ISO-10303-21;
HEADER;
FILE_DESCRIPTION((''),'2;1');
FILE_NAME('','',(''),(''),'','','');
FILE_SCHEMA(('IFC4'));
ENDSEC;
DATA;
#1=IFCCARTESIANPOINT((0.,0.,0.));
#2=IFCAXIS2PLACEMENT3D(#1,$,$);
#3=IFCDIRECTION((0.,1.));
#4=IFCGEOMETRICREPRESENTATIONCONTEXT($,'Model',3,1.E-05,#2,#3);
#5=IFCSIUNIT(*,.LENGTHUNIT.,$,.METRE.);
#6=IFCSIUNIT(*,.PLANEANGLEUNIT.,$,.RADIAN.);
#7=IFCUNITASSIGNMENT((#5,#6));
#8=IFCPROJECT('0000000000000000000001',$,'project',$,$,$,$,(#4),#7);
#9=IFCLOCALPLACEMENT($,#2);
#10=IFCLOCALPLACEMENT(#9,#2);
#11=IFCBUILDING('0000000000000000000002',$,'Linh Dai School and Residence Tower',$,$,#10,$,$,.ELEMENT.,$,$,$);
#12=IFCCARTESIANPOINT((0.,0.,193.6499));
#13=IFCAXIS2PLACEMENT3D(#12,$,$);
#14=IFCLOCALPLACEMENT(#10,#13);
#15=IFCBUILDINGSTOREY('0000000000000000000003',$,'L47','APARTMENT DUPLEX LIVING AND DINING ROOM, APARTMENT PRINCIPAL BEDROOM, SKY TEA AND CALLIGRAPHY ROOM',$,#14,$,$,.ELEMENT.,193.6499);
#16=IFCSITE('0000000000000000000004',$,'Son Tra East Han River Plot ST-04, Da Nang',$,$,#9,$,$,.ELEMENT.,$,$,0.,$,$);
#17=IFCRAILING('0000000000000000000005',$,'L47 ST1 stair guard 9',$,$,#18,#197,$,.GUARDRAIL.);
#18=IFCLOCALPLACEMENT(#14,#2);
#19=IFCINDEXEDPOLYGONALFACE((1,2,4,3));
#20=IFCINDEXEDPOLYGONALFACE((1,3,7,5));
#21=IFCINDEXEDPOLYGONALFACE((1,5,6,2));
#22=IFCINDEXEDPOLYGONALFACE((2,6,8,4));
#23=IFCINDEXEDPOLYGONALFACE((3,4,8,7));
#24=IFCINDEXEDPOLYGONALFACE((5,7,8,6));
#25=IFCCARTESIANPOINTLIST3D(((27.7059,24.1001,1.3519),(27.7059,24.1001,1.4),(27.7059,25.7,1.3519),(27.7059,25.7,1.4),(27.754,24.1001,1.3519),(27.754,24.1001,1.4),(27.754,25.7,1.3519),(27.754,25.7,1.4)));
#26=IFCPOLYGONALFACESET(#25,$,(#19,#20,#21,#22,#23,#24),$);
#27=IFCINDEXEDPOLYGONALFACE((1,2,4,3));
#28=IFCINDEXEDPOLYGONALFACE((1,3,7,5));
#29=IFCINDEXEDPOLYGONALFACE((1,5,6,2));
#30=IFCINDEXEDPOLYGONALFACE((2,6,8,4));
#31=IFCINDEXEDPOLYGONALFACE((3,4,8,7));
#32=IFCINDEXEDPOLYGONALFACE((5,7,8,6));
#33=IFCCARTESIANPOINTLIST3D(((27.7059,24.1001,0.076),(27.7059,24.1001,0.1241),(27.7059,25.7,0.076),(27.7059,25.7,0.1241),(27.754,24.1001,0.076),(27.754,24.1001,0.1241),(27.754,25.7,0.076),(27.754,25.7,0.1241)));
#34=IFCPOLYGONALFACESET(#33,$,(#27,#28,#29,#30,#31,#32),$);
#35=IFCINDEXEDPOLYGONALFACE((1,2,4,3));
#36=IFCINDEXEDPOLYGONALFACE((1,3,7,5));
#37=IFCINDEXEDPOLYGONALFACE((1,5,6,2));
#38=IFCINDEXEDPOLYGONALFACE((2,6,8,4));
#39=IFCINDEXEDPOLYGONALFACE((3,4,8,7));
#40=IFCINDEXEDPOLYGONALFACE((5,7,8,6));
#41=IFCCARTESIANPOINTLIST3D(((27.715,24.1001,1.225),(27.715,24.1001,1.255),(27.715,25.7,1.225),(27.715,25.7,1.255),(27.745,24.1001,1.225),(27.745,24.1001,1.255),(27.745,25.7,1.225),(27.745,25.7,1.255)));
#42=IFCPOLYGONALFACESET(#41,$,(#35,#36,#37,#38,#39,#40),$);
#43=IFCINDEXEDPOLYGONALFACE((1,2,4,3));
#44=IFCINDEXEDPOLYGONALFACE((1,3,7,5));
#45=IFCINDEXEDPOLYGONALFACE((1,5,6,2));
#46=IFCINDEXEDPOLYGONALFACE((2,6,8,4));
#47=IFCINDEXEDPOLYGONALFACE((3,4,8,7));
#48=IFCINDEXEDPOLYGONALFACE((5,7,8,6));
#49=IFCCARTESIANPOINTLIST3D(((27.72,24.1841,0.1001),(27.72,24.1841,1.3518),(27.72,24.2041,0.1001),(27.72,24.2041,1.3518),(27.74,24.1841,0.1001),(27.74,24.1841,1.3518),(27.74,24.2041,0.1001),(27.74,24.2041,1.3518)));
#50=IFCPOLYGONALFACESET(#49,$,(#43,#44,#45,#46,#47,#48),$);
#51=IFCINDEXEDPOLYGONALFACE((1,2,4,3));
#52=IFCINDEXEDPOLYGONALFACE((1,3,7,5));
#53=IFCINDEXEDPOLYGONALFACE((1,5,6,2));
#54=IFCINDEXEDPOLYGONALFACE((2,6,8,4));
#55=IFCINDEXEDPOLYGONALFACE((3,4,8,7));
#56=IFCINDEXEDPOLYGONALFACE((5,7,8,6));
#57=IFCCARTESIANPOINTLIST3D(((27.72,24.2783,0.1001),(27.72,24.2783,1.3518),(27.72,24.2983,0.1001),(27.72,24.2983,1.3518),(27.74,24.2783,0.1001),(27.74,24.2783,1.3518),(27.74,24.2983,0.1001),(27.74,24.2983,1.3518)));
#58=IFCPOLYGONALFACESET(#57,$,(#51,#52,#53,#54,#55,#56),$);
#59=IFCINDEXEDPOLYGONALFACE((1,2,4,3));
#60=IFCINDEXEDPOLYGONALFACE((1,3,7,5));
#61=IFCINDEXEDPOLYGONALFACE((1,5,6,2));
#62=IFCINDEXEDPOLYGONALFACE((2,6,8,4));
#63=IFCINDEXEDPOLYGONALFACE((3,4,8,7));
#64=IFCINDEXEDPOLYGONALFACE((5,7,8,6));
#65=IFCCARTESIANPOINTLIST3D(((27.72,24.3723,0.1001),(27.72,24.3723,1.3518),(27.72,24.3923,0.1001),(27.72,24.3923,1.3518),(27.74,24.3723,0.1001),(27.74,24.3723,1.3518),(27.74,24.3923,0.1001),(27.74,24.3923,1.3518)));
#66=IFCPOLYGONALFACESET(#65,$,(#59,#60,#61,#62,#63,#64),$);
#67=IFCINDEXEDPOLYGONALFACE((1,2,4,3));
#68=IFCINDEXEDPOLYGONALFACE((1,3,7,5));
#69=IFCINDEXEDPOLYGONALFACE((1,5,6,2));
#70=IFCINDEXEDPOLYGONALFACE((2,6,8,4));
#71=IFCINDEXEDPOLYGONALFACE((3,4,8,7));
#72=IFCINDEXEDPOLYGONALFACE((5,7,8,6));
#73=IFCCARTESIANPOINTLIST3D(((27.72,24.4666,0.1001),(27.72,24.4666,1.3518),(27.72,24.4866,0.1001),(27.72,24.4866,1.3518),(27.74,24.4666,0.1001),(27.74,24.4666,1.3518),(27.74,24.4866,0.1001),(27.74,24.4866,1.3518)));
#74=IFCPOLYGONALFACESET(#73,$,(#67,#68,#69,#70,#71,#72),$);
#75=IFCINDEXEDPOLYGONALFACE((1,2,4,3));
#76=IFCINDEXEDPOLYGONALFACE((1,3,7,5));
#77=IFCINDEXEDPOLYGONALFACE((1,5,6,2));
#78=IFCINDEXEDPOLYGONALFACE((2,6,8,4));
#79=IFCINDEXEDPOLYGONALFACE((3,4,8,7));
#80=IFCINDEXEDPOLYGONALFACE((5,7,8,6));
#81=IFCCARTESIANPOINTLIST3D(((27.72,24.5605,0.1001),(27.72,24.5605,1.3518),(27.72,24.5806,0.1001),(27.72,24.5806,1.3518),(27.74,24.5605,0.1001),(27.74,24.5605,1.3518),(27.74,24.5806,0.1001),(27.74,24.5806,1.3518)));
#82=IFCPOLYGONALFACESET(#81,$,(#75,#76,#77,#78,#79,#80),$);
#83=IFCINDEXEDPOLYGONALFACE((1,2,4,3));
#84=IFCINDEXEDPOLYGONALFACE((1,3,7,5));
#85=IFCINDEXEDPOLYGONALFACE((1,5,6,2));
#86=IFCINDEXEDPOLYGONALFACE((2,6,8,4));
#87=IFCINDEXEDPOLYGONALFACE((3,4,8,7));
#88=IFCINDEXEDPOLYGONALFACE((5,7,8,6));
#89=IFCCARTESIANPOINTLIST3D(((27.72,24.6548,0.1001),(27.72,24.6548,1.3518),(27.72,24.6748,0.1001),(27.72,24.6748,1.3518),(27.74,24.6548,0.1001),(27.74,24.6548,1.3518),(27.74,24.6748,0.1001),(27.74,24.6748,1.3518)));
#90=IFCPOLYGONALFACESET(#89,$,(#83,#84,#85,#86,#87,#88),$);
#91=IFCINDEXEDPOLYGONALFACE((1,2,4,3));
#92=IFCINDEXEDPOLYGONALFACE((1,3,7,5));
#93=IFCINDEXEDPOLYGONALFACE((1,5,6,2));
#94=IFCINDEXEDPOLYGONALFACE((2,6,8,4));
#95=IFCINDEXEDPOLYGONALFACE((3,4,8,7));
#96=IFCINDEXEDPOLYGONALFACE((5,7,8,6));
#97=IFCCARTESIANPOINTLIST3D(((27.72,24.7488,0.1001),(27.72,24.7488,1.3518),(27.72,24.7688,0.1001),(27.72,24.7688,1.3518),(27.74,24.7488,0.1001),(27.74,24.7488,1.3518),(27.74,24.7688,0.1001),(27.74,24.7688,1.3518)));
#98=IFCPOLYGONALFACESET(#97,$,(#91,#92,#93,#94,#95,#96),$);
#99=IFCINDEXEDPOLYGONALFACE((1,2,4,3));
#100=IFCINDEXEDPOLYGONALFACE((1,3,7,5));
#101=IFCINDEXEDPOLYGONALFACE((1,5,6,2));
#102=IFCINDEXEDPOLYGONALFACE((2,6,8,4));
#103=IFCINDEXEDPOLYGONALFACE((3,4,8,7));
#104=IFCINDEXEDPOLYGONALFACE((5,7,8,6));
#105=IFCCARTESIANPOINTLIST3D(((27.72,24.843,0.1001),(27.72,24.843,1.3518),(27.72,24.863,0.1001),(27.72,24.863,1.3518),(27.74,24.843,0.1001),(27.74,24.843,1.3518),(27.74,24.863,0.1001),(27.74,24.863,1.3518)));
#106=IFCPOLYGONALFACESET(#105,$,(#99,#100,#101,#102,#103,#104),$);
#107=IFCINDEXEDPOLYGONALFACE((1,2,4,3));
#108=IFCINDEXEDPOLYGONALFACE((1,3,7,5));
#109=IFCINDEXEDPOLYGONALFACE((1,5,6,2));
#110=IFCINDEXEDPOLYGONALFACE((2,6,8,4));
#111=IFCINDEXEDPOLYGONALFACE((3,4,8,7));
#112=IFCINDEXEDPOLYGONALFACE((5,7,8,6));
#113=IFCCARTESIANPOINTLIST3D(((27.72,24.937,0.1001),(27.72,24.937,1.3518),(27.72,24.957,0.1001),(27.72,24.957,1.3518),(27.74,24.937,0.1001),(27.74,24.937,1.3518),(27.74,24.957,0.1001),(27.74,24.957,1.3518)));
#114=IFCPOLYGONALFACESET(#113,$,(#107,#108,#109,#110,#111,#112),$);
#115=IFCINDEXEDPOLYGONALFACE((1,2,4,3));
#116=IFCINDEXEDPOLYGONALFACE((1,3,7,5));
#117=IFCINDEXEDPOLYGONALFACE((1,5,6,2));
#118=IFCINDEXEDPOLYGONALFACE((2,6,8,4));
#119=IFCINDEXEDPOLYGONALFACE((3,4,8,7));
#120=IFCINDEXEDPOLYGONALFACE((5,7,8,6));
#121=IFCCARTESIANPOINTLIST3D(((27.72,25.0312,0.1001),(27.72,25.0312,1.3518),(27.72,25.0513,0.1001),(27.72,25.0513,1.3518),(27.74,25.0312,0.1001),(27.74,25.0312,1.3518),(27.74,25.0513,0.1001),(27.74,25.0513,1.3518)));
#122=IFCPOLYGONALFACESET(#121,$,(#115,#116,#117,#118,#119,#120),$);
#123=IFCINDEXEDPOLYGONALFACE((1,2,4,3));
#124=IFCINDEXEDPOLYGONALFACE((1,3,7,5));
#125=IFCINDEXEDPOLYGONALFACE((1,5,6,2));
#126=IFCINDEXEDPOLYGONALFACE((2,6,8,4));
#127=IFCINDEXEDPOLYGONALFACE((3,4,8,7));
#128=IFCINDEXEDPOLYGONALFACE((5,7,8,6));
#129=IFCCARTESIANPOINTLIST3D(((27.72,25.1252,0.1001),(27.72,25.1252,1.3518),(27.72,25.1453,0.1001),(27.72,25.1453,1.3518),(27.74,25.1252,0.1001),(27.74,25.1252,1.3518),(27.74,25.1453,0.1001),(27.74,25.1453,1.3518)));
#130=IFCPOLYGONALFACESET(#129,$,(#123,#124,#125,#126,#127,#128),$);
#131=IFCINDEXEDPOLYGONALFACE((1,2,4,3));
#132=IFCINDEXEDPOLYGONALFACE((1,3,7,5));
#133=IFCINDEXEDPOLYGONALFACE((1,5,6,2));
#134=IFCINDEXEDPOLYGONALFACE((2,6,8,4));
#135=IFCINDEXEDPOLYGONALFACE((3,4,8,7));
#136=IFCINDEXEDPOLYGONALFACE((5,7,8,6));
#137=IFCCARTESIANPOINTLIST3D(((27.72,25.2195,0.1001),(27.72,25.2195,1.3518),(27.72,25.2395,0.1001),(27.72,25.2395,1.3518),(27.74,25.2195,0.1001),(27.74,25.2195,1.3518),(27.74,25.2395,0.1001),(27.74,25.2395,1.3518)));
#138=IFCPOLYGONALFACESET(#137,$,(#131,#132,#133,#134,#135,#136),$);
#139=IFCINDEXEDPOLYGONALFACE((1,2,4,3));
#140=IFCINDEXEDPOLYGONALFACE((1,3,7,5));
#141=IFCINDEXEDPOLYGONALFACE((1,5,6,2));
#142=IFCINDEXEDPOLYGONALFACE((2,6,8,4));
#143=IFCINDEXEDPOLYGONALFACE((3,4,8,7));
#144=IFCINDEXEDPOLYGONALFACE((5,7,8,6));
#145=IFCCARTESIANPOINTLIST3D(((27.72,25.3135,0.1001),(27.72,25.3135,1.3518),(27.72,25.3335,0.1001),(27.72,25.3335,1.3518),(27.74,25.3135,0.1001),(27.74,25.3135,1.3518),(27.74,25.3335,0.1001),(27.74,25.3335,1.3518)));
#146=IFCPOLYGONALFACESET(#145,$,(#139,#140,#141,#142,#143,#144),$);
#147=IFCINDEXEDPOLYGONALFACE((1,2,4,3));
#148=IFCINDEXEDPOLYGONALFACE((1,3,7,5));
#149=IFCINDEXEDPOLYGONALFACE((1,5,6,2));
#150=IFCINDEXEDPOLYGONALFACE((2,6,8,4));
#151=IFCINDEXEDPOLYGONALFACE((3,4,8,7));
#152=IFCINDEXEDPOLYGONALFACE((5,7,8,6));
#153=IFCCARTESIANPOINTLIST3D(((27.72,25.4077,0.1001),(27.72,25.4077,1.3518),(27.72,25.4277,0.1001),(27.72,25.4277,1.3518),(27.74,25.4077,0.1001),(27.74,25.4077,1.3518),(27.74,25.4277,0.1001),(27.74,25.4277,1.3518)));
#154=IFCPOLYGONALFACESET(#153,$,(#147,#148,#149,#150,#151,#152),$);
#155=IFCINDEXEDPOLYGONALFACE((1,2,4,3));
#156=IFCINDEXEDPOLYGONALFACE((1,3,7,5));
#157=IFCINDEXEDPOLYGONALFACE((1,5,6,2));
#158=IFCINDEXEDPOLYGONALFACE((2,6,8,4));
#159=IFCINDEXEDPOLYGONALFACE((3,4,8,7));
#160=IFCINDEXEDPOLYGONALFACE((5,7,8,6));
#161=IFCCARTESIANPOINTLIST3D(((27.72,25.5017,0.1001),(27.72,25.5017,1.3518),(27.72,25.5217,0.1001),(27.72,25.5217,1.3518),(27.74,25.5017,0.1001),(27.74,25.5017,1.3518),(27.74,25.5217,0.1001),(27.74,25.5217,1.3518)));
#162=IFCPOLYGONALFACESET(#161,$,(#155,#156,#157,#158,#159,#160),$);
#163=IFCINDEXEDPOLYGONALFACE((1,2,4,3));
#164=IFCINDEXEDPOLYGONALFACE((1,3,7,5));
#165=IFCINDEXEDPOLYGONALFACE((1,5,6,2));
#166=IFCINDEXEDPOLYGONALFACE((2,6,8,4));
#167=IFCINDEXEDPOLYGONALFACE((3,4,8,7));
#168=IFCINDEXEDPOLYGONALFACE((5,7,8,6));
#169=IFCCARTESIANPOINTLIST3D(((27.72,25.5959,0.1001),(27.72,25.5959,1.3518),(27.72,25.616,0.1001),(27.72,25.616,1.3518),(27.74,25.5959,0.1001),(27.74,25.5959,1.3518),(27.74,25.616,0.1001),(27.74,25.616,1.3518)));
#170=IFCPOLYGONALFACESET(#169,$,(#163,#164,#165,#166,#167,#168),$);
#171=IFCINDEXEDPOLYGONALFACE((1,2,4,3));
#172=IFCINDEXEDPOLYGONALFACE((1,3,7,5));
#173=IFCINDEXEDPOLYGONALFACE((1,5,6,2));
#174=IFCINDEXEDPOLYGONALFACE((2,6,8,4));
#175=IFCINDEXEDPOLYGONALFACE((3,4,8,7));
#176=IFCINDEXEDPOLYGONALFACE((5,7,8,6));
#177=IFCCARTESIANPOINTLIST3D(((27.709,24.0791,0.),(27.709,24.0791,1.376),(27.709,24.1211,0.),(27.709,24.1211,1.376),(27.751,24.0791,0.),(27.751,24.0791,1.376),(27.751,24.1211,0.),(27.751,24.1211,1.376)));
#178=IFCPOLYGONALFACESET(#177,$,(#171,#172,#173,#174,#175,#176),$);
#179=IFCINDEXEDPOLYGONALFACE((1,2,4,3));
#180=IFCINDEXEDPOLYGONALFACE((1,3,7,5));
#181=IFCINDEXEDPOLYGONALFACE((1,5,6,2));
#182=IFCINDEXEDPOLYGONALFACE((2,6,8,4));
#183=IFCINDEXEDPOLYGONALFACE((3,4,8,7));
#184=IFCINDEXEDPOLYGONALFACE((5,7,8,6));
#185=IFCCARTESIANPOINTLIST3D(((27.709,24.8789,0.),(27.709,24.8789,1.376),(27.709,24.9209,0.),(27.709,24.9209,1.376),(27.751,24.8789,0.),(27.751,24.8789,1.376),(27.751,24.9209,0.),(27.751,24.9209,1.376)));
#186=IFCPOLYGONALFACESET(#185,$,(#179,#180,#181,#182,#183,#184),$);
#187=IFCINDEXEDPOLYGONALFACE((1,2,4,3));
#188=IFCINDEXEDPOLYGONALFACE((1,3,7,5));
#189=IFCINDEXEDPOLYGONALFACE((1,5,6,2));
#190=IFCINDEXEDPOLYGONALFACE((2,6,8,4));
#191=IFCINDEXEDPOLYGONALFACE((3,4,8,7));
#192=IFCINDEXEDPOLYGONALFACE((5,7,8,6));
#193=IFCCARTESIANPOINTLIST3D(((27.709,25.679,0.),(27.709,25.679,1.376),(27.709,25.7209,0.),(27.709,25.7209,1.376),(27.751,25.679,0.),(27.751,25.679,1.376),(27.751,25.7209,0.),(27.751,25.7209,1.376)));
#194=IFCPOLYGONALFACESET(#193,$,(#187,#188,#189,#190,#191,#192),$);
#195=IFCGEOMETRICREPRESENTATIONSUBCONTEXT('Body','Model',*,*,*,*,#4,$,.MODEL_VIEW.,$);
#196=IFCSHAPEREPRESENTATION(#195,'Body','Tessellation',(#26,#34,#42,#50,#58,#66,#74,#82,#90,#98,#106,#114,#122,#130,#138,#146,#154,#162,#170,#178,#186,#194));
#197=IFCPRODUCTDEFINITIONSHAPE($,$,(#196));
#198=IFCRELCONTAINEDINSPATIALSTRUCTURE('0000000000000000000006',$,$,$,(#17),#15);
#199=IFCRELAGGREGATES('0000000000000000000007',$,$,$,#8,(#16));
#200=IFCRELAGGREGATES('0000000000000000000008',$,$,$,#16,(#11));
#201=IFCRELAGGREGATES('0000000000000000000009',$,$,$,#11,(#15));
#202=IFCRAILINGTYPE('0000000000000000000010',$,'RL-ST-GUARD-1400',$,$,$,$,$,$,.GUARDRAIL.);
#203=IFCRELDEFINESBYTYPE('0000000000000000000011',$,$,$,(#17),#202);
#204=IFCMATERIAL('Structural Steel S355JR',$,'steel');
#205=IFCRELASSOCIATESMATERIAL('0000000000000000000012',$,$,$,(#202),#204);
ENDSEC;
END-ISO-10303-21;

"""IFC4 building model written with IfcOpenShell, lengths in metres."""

from ifc_helpers import new_model, si_unit, direction, frame, origin, origin_2d, place, context, subcontext, project, spatial, rectangle, extrude, source, transform, mapped, material, type_object, element, save


model = new_model("IFC4")

# Units and contexts
model_context = context("Model", 3, precision=1e-05, world=origin(), true_north=direction((0.0, 1.0)))
body_context = subcontext(model_context, "Body", "Model", "MODEL_VIEW")
ifc_project = project(units=[si_unit("LENGTHUNIT", "METRE"), si_unit("PLANEANGLEUNIT", "RADIAN")], contexts=[model_context])

# Site, building, storey
site_placement = place(None, origin())
site = spatial("IfcSite", under=ifc_project, at=site_placement, Name="Son Tra East Han River Plot ST-04, Da Nang", CompositionType="ELEMENT", RefElevation=0.0)
building_placement = place(site_placement, origin())
building = spatial("IfcBuilding", under=site, at=building_placement, Name="Linh Dai School and Residence Tower", CompositionType="ELEMENT")
storey_placement = place(building_placement, frame((0.0, 0.0, 193.6499)))
storey = spatial("IfcBuildingStorey", under=building, at=storey_placement, Name="L47", Description="APARTMENT DUPLEX LIVING AND DINING ROOM, APARTMENT PRINCIPAL BEDROOM, SKY TEA AND CALLIGRAPHY ROOM", CompositionType="ELEMENT", Elevation=193.6499)

# Shared definitions
ifc_material_1 = material(Name="Structural Steel S355JR", Category="steel")

# Railing
railing_type = type_object("IfcRailingType", Name="RL-ST-GUARD-1400", PredefinedType="GUARDRAIL", material=ifc_material_1)
shared_shape_1 = source(origin(), body_context, "Body", "SweptSolid", [
    extrude(rectangle(XDim=0.0481, YDim=0.0481, at=origin_2d()), frame((0.0, 0.0, 1.376), z_axis=(0.0, 1.0, 0.0), x_axis=(-1.0, 0.0, 0.0)), (0.0, 0.0, 1.0), 1.5999),
    extrude(rectangle(XDim=0.0481, YDim=0.0481, at=origin_2d()), frame((0.0, 0.0, 0.1001), z_axis=(0.0, 1.0, 0.0), x_axis=(-1.0, 0.0, 0.0)), (0.0, 0.0, 1.0), 1.5999),
    extrude(rectangle(XDim=0.03, YDim=0.03, at=origin_2d()), frame((0.0, 0.0, 1.24), z_axis=(0.0, 1.0, 0.0), x_axis=(-1.0, 0.0, 0.0)), (0.0, 0.0, 1.0), 1.5999),
    extrude(rectangle(XDim=0.02, YDim=0.02, at=origin_2d()), frame((0.0, 0.094, 0.1001)), (0.0, 0.0, 1.0), 1.2517),
    extrude(rectangle(XDim=0.02, YDim=0.02, at=origin_2d()), frame((0.0, 0.1882, 0.1001)), (0.0, 0.0, 1.0), 1.2517),
    extrude(rectangle(XDim=0.02, YDim=0.02, at=origin_2d()), frame((0.0, 0.2822, 0.1001)), (0.0, 0.0, 1.0), 1.2517),
    extrude(rectangle(XDim=0.02, YDim=0.02, at=origin_2d()), frame((0.0, 0.3765, 0.1001)), (0.0, 0.0, 1.0), 1.2517),
    extrude(rectangle(XDim=0.02, YDim=0.02, at=origin_2d()), frame((0.0, 0.4705, 0.1001)), (0.0, 0.0, 1.0), 1.2517),
    extrude(rectangle(XDim=0.02, YDim=0.02, at=origin_2d()), frame((0.0, 0.5647, 0.1001)), (0.0, 0.0, 1.0), 1.2517),
    extrude(rectangle(XDim=0.02, YDim=0.02, at=origin_2d()), frame((0.0, 0.6587, 0.1001)), (0.0, 0.0, 1.0), 1.2517),
    extrude(rectangle(XDim=0.02, YDim=0.02, at=origin_2d()), frame((0.0, 0.7529, 0.1001)), (0.0, 0.0, 1.0), 1.2517),
    extrude(rectangle(XDim=0.02, YDim=0.02, at=origin_2d()), frame((0.0, 0.8469, 0.1001)), (0.0, 0.0, 1.0), 1.2517),
    extrude(rectangle(XDim=0.02, YDim=0.02, at=origin_2d()), frame((0.0, 0.9412, 0.1001)), (0.0, 0.0, 1.0), 1.2517),
    extrude(rectangle(XDim=0.02, YDim=0.02, at=origin_2d()), frame((0.0, 1.0352, 0.1001)), (0.0, 0.0, 1.0), 1.2517),
    extrude(rectangle(XDim=0.02, YDim=0.02, at=origin_2d()), frame((0.0, 1.1294, 0.1001)), (0.0, 0.0, 1.0), 1.2517),
    extrude(rectangle(XDim=0.02, YDim=0.02, at=origin_2d()), frame((0.0, 1.2234, 0.1001)), (0.0, 0.0, 1.0), 1.2517),
    extrude(rectangle(XDim=0.02, YDim=0.02, at=origin_2d()), frame((0.0, 1.3176, 0.1001)), (0.0, 0.0, 1.0), 1.2517),
    extrude(rectangle(XDim=0.02, YDim=0.02, at=origin_2d()), frame((0.0, 1.4116, 0.1001)), (0.0, 0.0, 1.0), 1.2517),
    extrude(rectangle(XDim=0.02, YDim=0.02, at=origin_2d()), frame((0.0, 1.5059, 0.1001)), (0.0, 0.0, 1.0), 1.2517),
    extrude(rectangle(XDim=0.042, YDim=0.042, at=origin_2d()), origin(), (0.0, 0.0, 1.0), 1.376),
    extrude(rectangle(XDim=0.042, YDim=0.042, at=origin_2d()), frame((0.0, 0.7998, 0.0)), (0.0, 0.0, 1.0), 1.376),
    extrude(rectangle(XDim=0.042, YDim=0.042, at=origin_2d()), frame((0.0, 1.5999, 0.0)), (0.0, 0.0, 1.0), 1.376),
])
for number, where, name in (
    (1, (27.73, 24.1001, 0.0), "L47 ST1 stair guard 9"),
):
    element("IfcRailing", number, at=place(storey_placement, frame(where)), inside=storey, type_object=railing_type, Name=name, PredefinedType="GUARDRAIL", context=body_context, shape_type="MappedRepresentation", body=[
        mapped(shared_shape_1, transform((0.0, 0.0, 0.0), x_axis=(1.0, 0.0, 0.0), y_axis=(0.0, 1.0, 0.0), z_axis=(0.0, 0.0, 1.0), scale=1.0)),
    ])

save(model, "model.ifc")
